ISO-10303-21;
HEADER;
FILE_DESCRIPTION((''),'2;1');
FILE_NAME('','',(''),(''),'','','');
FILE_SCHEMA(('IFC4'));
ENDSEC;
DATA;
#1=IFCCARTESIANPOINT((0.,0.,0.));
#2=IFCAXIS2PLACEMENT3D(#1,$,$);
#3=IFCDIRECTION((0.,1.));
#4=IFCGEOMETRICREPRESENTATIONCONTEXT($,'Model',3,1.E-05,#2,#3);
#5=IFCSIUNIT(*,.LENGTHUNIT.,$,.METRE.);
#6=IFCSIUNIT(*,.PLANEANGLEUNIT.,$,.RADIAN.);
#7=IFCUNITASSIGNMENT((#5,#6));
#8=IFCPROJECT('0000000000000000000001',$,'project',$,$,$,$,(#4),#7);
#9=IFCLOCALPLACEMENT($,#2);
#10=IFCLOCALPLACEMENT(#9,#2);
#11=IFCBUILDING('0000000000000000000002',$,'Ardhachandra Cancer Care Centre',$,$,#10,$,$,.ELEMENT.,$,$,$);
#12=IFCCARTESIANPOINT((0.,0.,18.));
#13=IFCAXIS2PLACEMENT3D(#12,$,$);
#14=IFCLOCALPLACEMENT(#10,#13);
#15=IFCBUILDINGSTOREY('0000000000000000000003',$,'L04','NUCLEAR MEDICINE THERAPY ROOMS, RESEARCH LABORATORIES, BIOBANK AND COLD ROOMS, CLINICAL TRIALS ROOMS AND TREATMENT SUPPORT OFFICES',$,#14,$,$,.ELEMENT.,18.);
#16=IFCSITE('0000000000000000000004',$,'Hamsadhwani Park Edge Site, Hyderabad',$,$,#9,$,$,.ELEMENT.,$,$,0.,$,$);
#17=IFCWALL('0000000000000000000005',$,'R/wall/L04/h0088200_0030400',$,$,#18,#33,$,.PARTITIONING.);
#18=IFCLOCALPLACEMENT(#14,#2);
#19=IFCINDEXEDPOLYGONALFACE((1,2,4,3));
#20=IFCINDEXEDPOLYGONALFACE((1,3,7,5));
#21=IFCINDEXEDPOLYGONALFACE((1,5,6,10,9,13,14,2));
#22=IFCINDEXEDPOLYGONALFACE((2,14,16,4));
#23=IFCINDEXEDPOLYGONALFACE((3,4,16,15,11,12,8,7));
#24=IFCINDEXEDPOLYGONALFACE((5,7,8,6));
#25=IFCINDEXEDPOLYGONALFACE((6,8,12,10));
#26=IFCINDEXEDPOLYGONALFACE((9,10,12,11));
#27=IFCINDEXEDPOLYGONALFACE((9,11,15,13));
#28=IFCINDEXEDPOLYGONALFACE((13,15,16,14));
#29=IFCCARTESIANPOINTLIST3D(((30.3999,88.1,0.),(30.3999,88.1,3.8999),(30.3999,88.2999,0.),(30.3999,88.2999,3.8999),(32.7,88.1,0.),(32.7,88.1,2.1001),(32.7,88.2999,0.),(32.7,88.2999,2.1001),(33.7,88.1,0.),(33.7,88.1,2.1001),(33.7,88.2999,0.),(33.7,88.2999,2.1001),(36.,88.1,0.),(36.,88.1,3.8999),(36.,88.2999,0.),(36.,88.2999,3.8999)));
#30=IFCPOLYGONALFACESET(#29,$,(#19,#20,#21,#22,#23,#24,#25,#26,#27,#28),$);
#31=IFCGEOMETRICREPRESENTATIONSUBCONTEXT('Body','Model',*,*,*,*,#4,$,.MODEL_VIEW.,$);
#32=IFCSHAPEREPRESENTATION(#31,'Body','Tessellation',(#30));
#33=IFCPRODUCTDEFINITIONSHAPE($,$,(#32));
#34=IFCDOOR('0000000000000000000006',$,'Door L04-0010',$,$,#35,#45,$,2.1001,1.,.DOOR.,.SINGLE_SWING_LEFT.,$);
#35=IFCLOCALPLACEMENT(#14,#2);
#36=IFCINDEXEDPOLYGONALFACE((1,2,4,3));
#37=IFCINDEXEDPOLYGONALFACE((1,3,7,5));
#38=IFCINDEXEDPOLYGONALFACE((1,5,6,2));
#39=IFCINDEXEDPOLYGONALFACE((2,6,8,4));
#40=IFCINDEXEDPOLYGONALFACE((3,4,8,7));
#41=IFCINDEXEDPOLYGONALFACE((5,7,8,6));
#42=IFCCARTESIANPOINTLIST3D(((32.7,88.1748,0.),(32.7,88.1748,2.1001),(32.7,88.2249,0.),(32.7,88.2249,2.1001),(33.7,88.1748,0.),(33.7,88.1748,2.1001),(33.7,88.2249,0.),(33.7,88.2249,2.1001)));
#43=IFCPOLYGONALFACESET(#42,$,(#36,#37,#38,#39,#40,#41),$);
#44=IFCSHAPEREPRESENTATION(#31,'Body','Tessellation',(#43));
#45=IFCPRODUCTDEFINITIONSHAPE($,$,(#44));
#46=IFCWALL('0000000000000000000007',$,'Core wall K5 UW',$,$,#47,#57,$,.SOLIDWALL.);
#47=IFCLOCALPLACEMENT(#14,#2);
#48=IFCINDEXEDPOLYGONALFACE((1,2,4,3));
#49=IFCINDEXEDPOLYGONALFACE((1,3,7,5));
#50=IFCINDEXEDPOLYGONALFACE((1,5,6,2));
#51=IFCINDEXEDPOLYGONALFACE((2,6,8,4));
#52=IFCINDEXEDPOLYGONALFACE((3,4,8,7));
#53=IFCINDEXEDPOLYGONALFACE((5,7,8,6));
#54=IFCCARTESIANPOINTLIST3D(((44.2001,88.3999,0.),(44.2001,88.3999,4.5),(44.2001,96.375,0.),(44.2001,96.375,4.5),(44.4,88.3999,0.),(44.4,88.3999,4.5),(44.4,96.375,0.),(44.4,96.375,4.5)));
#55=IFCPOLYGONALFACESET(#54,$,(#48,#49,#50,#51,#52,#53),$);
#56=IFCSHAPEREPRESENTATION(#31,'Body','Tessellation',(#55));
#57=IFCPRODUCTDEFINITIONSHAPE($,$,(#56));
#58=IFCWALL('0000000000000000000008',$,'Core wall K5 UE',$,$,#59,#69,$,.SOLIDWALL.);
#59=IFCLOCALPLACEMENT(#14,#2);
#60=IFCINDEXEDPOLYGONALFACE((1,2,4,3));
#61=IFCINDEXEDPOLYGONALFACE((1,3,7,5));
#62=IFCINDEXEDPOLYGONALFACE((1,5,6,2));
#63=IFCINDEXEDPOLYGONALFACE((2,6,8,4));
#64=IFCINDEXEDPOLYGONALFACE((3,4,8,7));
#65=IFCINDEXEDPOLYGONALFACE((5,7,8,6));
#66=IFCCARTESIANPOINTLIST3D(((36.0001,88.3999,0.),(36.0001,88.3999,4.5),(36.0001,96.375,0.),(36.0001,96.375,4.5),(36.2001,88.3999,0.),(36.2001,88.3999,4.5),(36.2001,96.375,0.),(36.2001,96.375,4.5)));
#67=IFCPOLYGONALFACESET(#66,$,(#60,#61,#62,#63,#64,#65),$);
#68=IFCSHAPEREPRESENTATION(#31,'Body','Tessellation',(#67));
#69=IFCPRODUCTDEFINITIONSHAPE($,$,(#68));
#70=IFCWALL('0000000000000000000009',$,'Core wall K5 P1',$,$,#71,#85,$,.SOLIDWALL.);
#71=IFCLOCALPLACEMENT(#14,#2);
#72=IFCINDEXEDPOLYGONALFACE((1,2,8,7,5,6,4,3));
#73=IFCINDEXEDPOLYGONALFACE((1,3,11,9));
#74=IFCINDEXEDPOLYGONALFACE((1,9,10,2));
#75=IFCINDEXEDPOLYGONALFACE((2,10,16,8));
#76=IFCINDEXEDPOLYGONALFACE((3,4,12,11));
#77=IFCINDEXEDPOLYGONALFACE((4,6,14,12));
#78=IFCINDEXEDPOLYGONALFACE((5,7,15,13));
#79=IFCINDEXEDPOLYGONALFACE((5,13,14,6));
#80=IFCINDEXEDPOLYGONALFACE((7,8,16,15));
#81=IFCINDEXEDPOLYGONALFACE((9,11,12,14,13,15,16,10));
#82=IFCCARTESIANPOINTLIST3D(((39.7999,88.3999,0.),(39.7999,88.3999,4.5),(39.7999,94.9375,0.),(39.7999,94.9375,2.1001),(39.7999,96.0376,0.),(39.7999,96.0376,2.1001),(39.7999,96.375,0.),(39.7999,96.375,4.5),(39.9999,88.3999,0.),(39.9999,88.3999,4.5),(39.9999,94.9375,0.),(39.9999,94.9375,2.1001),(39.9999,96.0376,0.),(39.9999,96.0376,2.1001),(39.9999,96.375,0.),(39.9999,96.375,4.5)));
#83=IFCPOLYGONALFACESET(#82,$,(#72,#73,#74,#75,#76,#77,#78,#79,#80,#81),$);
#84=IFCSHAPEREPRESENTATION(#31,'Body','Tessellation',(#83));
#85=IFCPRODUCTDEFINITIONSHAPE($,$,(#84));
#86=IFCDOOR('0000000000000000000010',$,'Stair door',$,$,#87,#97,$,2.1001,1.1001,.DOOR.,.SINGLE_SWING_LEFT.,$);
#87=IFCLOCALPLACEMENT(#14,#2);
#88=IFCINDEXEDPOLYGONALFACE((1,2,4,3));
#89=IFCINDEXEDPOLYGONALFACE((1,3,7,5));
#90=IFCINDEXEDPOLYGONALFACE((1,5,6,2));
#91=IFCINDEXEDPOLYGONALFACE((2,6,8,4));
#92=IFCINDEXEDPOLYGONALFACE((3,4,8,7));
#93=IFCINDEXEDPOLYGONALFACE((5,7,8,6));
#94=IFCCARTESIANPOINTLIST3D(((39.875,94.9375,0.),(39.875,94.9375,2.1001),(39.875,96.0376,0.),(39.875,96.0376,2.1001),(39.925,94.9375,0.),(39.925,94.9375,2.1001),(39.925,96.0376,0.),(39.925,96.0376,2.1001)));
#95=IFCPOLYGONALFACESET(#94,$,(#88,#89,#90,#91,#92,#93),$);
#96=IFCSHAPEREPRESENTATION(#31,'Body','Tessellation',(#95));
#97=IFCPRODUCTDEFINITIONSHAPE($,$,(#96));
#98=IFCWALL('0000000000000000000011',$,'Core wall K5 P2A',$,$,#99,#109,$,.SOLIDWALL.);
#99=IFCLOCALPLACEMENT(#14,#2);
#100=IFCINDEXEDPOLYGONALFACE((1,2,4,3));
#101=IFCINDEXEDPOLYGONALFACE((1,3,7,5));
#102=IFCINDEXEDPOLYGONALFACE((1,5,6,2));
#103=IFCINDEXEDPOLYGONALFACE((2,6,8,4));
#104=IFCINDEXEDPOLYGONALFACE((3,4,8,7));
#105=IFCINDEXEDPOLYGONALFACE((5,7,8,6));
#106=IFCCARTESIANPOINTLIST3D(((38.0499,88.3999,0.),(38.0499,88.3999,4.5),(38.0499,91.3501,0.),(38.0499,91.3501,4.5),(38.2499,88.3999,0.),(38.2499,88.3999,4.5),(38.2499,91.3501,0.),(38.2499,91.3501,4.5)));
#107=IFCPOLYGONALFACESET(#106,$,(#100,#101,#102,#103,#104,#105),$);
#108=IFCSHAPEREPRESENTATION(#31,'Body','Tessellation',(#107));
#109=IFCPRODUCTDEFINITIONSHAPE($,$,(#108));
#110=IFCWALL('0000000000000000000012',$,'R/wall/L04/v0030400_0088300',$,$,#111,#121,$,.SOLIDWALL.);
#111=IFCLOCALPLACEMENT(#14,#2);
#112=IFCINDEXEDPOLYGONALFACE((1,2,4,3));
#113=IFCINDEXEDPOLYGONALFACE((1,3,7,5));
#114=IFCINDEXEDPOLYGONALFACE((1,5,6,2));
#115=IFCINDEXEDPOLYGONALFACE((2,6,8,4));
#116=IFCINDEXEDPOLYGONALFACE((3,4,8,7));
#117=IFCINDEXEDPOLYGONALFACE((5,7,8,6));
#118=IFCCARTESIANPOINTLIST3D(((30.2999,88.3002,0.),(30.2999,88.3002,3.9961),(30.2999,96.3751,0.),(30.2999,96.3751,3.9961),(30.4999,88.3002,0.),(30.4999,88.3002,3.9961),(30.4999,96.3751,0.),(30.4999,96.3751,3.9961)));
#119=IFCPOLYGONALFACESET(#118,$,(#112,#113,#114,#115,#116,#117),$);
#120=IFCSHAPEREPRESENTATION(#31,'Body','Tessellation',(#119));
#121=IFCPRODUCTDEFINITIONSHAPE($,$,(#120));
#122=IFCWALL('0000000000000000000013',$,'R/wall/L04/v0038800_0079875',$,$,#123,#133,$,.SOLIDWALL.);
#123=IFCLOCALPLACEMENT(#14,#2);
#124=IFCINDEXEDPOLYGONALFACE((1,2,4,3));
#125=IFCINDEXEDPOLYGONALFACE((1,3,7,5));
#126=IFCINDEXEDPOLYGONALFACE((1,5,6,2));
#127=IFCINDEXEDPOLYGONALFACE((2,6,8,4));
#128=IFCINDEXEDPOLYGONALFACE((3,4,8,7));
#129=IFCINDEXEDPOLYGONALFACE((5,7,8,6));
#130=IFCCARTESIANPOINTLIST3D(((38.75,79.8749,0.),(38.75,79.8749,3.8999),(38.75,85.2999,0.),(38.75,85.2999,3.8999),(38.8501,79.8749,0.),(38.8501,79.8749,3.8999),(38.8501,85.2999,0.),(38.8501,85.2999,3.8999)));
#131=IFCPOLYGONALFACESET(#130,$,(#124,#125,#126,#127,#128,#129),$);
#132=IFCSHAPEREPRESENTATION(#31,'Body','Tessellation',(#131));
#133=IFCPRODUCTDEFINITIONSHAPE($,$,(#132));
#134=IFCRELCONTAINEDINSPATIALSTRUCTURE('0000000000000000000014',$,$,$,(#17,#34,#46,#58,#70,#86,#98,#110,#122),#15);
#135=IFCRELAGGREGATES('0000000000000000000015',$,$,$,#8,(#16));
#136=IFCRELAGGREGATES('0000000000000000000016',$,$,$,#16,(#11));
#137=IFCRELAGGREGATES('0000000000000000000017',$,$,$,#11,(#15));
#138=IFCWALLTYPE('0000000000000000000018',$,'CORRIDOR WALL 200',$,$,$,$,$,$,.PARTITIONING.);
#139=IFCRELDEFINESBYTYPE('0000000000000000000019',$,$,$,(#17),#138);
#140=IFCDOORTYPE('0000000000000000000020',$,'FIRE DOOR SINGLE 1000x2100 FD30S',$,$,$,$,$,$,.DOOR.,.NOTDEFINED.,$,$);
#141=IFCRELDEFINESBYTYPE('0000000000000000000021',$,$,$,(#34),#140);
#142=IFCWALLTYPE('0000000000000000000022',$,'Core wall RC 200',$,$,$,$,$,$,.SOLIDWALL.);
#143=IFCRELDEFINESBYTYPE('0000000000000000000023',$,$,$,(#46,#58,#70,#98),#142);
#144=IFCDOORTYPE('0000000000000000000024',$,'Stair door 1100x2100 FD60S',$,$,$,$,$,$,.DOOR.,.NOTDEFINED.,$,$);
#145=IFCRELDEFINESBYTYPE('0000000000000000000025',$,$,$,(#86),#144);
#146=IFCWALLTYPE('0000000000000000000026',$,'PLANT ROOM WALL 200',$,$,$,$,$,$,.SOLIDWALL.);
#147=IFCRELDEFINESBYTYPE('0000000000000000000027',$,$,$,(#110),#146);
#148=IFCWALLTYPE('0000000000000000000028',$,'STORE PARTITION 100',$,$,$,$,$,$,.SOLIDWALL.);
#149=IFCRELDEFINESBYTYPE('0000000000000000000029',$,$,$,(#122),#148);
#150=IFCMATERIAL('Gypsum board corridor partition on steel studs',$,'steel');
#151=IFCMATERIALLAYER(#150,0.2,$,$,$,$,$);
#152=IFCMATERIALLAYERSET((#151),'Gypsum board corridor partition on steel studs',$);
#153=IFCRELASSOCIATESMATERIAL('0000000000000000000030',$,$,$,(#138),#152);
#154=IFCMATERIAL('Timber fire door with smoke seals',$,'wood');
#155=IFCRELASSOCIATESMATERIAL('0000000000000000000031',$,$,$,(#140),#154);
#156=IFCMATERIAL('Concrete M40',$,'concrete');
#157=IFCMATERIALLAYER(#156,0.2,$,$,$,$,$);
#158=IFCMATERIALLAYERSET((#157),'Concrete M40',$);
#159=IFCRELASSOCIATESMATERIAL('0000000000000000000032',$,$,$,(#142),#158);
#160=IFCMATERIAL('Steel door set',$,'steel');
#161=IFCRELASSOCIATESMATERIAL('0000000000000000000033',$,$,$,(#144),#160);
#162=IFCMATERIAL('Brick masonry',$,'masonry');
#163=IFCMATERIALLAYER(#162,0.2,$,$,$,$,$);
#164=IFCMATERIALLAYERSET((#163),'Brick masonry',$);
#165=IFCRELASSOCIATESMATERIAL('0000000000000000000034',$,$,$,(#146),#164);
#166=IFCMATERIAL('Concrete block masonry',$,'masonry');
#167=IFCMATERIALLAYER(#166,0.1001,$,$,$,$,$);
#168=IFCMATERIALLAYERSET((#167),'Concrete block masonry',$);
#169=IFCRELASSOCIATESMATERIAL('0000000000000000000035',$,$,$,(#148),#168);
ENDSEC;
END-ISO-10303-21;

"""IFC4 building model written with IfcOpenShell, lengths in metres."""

from ifc_helpers import new_model, si_unit, direction, frame, frame_2d, origin, place, context, subcontext, project, spatial, rectangle, extrude, material, layer, layer_set, type_object, element, fill, save


model = new_model("IFC4")

# Units and contexts
model_context = context("Model", 3, precision=1e-05, world=origin(), true_north=direction((0.0, 1.0)))
body_context = subcontext(model_context, "Body", "Model", "MODEL_VIEW")
ifc_project = project(units=[si_unit("LENGTHUNIT", "METRE"), si_unit("PLANEANGLEUNIT", "RADIAN")], contexts=[model_context])

# Site, building, storey
site_placement = place(None, origin())
site = spatial("IfcSite", under=ifc_project, at=site_placement, Name="Hamsadhwani Park Edge Site, Hyderabad", CompositionType="ELEMENT", RefElevation=0.0)
building_placement = place(site_placement, origin())
building = spatial("IfcBuilding", under=site, at=building_placement, Name="Ardhachandra Cancer Care Centre", CompositionType="ELEMENT")
storey_placement = place(building_placement, frame((0.0, 0.0, 18.0)))
storey = spatial("IfcBuildingStorey", under=building, at=storey_placement, Name="L04", Description="NUCLEAR MEDICINE THERAPY ROOMS, RESEARCH LABORATORIES, BIOBANK AND COLD ROOMS, CLINICAL TRIALS ROOMS AND TREATMENT SUPPORT OFFICES", CompositionType="ELEMENT", Elevation=18.0)

# Wall, opening, door
ifc_material_1 = material(Name="Gypsum board corridor partition on steel studs", Category="steel")
ifc_layer_1 = layer(ifc_material_1, 0.2)
ifc_layer_set_1 = layer_set([ifc_layer_1], Name="Gypsum board corridor partition on steel studs")
wall_type_1 = type_object("IfcWallType", Name="CORRIDOR WALL 200", PredefinedType="PARTITIONING", material=ifc_layer_set_1)
wall_1_placement = place(storey_placement, frame((30.3999, 88.2, 0.0), z_axis=(0.0, 0.0, 1.0), x_axis=(1.0, 0.0, 0.0)))
wall_1 = element("IfcWall", 1, at=wall_1_placement, inside=storey, type_object=wall_type_1, Name="R/wall/L04/h0088200_0030400", PredefinedType="PARTITIONING", context=body_context, shape_type="SweptSolid", body=[
    extrude(rectangle(XDim=5.6001, YDim=0.2, at=frame_2d((2.8, 0.0))), origin(), (0.0, 0.0, 1.0), 3.8999),
])
opening_1_placement = place(wall_1_placement, frame((2.3, 0.0, 0.0)))
opening_1 = element("IfcOpeningElement", 2, at=opening_1_placement, cuts=wall_1, PredefinedType="OPENING", context=body_context, shape_type="SweptSolid", body=[
    extrude(rectangle(XDim=1.0, YDim=2.1001, at=frame_2d((0.5, 1.05))), frame((0.0, 0.1099, 0.0), z_axis=(0.0, -1.0, 0.0), x_axis=(1.0, 0.0, 0.0)), (0.0, 0.0, 1.0), 0.22),
])
ifc_material_2 = material(Name="Timber fire door with smoke seals", Category="wood")
door_type_1 = type_object("IfcDoorType", Name="FIRE DOOR SINGLE 1000x2100 FD30S", OperationType="NOTDEFINED", PredefinedType="DOOR", material=ifc_material_2)
door_1_placement = place(opening_1_placement, origin())
door_1 = element("IfcDoor", 3, at=door_1_placement, inside=storey, type_object=door_type_1, Name="Door L04-0010", OperationType="SINGLE_SWING_LEFT", OverallHeight=2.1001, OverallWidth=1.0, PredefinedType="DOOR", context=body_context, shape_type="SweptSolid", body=[
    extrude(rectangle(XDim=1.0, YDim=2.1001, at=frame_2d((0.5, 1.05))), frame((0.0, 0.0249, 0.0), z_axis=(0.0, -1.0, 0.0), x_axis=(1.0, 0.0, 0.0)), (0.0, 0.0, 1.0), 0.05),
])
fill(opening_1, door_1)

# Walls
ifc_material_3 = material(Name="Concrete M40", Category="concrete")
ifc_layer_2 = layer(ifc_material_3, 0.2)
ifc_layer_set_2 = layer_set([ifc_layer_2], Name="Concrete M40")
wall_type_2 = type_object("IfcWallType", Name="Core wall RC 200", PredefinedType="SOLIDWALL", material=ifc_layer_set_2)
for number, where, z_axis, x_axis, name in (
    (4, (44.3, 88.3999, 0.0), (0.0, 0.0, 1.0), (0.0, 1.0, 0.0), "Core wall K5 UW"),
    (5, (36.1001, 88.3999, 0.0), (0.0, 0.0, 1.0), (0.0, 1.0, 0.0), "Core wall K5 UE"),
):
    element("IfcWall", number, at=place(storey_placement, frame(where, z_axis=z_axis, x_axis=x_axis)), inside=storey, type_object=wall_type_2, Name=name, PredefinedType="SOLIDWALL", context=body_context, shape_type="SweptSolid", body=[
        extrude(rectangle(XDim=7.9751, YDim=0.2, at=frame_2d((3.9875, 0.0))), origin(), (0.0, 0.0, 1.0), 4.5),
    ])

# Wall, opening, door
wall_2_placement = place(storey_placement, frame((39.8999, 88.3999, 0.0), z_axis=(0.0, 0.0, 1.0), x_axis=(0.0, 1.0, 0.0)))
wall_2 = element("IfcWall", 6, at=wall_2_placement, inside=storey, type_object=wall_type_2, Name="Core wall K5 P1", PredefinedType="SOLIDWALL", context=body_context, shape_type="SweptSolid", body=[
    extrude(rectangle(XDim=7.9751, YDim=0.2, at=frame_2d((3.9875, 0.0))), origin(), (0.0, 0.0, 1.0), 4.5),
])
opening_2_placement = place(wall_2_placement, frame((6.5376, 0.0, 0.0)))
opening_2 = element("IfcOpeningElement", 7, at=opening_2_placement, cuts=wall_2, PredefinedType="OPENING", context=body_context, shape_type="SweptSolid", body=[
    extrude(rectangle(XDim=1.1001, YDim=2.1001, at=frame_2d((0.55, 1.05))), frame((0.0, 0.1099, 0.0), z_axis=(0.0, -1.0, 0.0), x_axis=(1.0, 0.0, 0.0)), (0.0, 0.0, 1.0), 0.22),
])
ifc_material_4 = material(Name="Steel door set", Category="steel")
door_type_2 = type_object("IfcDoorType", Name="Stair door 1100x2100 FD60S", OperationType="NOTDEFINED", PredefinedType="DOOR", material=ifc_material_4)
door_2_placement = place(opening_2_placement, origin())
door_2 = element("IfcDoor", 8, at=door_2_placement, inside=storey, type_object=door_type_2, Name="Stair door", OperationType="SINGLE_SWING_LEFT", OverallHeight=2.1001, OverallWidth=1.1001, PredefinedType="DOOR", context=body_context, shape_type="SweptSolid", body=[
    extrude(rectangle(XDim=1.1001, YDim=2.1001, at=frame_2d((0.55, 1.05))), frame((0.0, 0.0249, 0.0), z_axis=(0.0, -1.0, 0.0), x_axis=(1.0, 0.0, 0.0)), (0.0, 0.0, 1.0), 0.05),
])
fill(opening_2, door_2)

# Walls
wall_3_placement = place(storey_placement, frame((38.1499, 88.3999, 0.0), z_axis=(0.0, 0.0, 1.0), x_axis=(0.0, 1.0, 0.0)))
element("IfcWall", 9, at=wall_3_placement, inside=storey, type_object=wall_type_2, Name="Core wall K5 P2A", PredefinedType="SOLIDWALL", context=body_context, shape_type="SweptSolid", body=[
    extrude(rectangle(XDim=2.9502, YDim=0.2, at=frame_2d((1.4751, 0.0))), origin(), (0.0, 0.0, 1.0), 4.5),
])
ifc_material_5 = material(Name="Brick masonry", Category="masonry")
ifc_layer_3 = layer(ifc_material_5, 0.2)
ifc_layer_set_3 = layer_set([ifc_layer_3], Name="Brick masonry")
wall_type_3 = type_object("IfcWallType", Name="PLANT ROOM WALL 200", PredefinedType="SOLIDWALL", material=ifc_layer_set_3)
wall_4_placement = place(storey_placement, frame((30.3999, 88.3, 0.0), z_axis=(0.0, 0.0, 1.0), x_axis=(0.0, 1.0, 0.0)))
element("IfcWall", 10, at=wall_4_placement, inside=storey, type_object=wall_type_3, Name="R/wall/L04/v0030400_0088300", PredefinedType="SOLIDWALL", context=body_context, shape_type="SweptSolid", body=[
    extrude(rectangle(XDim=8.075, YDim=0.2, at=frame_2d((4.0376, 0.0))), origin(), (0.0, 0.0, 1.0), 3.9961),
])
ifc_material_6 = material(Name="Concrete block masonry", Category="masonry")
ifc_layer_4 = layer(ifc_material_6, 0.1001)
ifc_layer_set_4 = layer_set([ifc_layer_4], Name="Concrete block masonry")
wall_type_4 = type_object("IfcWallType", Name="STORE PARTITION 100", PredefinedType="SOLIDWALL", material=ifc_layer_set_4)
wall_5_placement = place(storey_placement, frame((38.8, 79.875, 0.0), z_axis=(0.0, 0.0, 1.0), x_axis=(0.0, 1.0, 0.0)))
element("IfcWall", 11, at=wall_5_placement, inside=storey, type_object=wall_type_4, Name="R/wall/L04/v0038800_0079875", PredefinedType="SOLIDWALL", context=body_context, shape_type="SweptSolid", body=[
    extrude(rectangle(XDim=5.425, YDim=0.1001, at=frame_2d((2.7124, 0.0))), origin(), (0.0, 0.0, 1.0), 3.8999),
])

save(model, "model.ifc")
